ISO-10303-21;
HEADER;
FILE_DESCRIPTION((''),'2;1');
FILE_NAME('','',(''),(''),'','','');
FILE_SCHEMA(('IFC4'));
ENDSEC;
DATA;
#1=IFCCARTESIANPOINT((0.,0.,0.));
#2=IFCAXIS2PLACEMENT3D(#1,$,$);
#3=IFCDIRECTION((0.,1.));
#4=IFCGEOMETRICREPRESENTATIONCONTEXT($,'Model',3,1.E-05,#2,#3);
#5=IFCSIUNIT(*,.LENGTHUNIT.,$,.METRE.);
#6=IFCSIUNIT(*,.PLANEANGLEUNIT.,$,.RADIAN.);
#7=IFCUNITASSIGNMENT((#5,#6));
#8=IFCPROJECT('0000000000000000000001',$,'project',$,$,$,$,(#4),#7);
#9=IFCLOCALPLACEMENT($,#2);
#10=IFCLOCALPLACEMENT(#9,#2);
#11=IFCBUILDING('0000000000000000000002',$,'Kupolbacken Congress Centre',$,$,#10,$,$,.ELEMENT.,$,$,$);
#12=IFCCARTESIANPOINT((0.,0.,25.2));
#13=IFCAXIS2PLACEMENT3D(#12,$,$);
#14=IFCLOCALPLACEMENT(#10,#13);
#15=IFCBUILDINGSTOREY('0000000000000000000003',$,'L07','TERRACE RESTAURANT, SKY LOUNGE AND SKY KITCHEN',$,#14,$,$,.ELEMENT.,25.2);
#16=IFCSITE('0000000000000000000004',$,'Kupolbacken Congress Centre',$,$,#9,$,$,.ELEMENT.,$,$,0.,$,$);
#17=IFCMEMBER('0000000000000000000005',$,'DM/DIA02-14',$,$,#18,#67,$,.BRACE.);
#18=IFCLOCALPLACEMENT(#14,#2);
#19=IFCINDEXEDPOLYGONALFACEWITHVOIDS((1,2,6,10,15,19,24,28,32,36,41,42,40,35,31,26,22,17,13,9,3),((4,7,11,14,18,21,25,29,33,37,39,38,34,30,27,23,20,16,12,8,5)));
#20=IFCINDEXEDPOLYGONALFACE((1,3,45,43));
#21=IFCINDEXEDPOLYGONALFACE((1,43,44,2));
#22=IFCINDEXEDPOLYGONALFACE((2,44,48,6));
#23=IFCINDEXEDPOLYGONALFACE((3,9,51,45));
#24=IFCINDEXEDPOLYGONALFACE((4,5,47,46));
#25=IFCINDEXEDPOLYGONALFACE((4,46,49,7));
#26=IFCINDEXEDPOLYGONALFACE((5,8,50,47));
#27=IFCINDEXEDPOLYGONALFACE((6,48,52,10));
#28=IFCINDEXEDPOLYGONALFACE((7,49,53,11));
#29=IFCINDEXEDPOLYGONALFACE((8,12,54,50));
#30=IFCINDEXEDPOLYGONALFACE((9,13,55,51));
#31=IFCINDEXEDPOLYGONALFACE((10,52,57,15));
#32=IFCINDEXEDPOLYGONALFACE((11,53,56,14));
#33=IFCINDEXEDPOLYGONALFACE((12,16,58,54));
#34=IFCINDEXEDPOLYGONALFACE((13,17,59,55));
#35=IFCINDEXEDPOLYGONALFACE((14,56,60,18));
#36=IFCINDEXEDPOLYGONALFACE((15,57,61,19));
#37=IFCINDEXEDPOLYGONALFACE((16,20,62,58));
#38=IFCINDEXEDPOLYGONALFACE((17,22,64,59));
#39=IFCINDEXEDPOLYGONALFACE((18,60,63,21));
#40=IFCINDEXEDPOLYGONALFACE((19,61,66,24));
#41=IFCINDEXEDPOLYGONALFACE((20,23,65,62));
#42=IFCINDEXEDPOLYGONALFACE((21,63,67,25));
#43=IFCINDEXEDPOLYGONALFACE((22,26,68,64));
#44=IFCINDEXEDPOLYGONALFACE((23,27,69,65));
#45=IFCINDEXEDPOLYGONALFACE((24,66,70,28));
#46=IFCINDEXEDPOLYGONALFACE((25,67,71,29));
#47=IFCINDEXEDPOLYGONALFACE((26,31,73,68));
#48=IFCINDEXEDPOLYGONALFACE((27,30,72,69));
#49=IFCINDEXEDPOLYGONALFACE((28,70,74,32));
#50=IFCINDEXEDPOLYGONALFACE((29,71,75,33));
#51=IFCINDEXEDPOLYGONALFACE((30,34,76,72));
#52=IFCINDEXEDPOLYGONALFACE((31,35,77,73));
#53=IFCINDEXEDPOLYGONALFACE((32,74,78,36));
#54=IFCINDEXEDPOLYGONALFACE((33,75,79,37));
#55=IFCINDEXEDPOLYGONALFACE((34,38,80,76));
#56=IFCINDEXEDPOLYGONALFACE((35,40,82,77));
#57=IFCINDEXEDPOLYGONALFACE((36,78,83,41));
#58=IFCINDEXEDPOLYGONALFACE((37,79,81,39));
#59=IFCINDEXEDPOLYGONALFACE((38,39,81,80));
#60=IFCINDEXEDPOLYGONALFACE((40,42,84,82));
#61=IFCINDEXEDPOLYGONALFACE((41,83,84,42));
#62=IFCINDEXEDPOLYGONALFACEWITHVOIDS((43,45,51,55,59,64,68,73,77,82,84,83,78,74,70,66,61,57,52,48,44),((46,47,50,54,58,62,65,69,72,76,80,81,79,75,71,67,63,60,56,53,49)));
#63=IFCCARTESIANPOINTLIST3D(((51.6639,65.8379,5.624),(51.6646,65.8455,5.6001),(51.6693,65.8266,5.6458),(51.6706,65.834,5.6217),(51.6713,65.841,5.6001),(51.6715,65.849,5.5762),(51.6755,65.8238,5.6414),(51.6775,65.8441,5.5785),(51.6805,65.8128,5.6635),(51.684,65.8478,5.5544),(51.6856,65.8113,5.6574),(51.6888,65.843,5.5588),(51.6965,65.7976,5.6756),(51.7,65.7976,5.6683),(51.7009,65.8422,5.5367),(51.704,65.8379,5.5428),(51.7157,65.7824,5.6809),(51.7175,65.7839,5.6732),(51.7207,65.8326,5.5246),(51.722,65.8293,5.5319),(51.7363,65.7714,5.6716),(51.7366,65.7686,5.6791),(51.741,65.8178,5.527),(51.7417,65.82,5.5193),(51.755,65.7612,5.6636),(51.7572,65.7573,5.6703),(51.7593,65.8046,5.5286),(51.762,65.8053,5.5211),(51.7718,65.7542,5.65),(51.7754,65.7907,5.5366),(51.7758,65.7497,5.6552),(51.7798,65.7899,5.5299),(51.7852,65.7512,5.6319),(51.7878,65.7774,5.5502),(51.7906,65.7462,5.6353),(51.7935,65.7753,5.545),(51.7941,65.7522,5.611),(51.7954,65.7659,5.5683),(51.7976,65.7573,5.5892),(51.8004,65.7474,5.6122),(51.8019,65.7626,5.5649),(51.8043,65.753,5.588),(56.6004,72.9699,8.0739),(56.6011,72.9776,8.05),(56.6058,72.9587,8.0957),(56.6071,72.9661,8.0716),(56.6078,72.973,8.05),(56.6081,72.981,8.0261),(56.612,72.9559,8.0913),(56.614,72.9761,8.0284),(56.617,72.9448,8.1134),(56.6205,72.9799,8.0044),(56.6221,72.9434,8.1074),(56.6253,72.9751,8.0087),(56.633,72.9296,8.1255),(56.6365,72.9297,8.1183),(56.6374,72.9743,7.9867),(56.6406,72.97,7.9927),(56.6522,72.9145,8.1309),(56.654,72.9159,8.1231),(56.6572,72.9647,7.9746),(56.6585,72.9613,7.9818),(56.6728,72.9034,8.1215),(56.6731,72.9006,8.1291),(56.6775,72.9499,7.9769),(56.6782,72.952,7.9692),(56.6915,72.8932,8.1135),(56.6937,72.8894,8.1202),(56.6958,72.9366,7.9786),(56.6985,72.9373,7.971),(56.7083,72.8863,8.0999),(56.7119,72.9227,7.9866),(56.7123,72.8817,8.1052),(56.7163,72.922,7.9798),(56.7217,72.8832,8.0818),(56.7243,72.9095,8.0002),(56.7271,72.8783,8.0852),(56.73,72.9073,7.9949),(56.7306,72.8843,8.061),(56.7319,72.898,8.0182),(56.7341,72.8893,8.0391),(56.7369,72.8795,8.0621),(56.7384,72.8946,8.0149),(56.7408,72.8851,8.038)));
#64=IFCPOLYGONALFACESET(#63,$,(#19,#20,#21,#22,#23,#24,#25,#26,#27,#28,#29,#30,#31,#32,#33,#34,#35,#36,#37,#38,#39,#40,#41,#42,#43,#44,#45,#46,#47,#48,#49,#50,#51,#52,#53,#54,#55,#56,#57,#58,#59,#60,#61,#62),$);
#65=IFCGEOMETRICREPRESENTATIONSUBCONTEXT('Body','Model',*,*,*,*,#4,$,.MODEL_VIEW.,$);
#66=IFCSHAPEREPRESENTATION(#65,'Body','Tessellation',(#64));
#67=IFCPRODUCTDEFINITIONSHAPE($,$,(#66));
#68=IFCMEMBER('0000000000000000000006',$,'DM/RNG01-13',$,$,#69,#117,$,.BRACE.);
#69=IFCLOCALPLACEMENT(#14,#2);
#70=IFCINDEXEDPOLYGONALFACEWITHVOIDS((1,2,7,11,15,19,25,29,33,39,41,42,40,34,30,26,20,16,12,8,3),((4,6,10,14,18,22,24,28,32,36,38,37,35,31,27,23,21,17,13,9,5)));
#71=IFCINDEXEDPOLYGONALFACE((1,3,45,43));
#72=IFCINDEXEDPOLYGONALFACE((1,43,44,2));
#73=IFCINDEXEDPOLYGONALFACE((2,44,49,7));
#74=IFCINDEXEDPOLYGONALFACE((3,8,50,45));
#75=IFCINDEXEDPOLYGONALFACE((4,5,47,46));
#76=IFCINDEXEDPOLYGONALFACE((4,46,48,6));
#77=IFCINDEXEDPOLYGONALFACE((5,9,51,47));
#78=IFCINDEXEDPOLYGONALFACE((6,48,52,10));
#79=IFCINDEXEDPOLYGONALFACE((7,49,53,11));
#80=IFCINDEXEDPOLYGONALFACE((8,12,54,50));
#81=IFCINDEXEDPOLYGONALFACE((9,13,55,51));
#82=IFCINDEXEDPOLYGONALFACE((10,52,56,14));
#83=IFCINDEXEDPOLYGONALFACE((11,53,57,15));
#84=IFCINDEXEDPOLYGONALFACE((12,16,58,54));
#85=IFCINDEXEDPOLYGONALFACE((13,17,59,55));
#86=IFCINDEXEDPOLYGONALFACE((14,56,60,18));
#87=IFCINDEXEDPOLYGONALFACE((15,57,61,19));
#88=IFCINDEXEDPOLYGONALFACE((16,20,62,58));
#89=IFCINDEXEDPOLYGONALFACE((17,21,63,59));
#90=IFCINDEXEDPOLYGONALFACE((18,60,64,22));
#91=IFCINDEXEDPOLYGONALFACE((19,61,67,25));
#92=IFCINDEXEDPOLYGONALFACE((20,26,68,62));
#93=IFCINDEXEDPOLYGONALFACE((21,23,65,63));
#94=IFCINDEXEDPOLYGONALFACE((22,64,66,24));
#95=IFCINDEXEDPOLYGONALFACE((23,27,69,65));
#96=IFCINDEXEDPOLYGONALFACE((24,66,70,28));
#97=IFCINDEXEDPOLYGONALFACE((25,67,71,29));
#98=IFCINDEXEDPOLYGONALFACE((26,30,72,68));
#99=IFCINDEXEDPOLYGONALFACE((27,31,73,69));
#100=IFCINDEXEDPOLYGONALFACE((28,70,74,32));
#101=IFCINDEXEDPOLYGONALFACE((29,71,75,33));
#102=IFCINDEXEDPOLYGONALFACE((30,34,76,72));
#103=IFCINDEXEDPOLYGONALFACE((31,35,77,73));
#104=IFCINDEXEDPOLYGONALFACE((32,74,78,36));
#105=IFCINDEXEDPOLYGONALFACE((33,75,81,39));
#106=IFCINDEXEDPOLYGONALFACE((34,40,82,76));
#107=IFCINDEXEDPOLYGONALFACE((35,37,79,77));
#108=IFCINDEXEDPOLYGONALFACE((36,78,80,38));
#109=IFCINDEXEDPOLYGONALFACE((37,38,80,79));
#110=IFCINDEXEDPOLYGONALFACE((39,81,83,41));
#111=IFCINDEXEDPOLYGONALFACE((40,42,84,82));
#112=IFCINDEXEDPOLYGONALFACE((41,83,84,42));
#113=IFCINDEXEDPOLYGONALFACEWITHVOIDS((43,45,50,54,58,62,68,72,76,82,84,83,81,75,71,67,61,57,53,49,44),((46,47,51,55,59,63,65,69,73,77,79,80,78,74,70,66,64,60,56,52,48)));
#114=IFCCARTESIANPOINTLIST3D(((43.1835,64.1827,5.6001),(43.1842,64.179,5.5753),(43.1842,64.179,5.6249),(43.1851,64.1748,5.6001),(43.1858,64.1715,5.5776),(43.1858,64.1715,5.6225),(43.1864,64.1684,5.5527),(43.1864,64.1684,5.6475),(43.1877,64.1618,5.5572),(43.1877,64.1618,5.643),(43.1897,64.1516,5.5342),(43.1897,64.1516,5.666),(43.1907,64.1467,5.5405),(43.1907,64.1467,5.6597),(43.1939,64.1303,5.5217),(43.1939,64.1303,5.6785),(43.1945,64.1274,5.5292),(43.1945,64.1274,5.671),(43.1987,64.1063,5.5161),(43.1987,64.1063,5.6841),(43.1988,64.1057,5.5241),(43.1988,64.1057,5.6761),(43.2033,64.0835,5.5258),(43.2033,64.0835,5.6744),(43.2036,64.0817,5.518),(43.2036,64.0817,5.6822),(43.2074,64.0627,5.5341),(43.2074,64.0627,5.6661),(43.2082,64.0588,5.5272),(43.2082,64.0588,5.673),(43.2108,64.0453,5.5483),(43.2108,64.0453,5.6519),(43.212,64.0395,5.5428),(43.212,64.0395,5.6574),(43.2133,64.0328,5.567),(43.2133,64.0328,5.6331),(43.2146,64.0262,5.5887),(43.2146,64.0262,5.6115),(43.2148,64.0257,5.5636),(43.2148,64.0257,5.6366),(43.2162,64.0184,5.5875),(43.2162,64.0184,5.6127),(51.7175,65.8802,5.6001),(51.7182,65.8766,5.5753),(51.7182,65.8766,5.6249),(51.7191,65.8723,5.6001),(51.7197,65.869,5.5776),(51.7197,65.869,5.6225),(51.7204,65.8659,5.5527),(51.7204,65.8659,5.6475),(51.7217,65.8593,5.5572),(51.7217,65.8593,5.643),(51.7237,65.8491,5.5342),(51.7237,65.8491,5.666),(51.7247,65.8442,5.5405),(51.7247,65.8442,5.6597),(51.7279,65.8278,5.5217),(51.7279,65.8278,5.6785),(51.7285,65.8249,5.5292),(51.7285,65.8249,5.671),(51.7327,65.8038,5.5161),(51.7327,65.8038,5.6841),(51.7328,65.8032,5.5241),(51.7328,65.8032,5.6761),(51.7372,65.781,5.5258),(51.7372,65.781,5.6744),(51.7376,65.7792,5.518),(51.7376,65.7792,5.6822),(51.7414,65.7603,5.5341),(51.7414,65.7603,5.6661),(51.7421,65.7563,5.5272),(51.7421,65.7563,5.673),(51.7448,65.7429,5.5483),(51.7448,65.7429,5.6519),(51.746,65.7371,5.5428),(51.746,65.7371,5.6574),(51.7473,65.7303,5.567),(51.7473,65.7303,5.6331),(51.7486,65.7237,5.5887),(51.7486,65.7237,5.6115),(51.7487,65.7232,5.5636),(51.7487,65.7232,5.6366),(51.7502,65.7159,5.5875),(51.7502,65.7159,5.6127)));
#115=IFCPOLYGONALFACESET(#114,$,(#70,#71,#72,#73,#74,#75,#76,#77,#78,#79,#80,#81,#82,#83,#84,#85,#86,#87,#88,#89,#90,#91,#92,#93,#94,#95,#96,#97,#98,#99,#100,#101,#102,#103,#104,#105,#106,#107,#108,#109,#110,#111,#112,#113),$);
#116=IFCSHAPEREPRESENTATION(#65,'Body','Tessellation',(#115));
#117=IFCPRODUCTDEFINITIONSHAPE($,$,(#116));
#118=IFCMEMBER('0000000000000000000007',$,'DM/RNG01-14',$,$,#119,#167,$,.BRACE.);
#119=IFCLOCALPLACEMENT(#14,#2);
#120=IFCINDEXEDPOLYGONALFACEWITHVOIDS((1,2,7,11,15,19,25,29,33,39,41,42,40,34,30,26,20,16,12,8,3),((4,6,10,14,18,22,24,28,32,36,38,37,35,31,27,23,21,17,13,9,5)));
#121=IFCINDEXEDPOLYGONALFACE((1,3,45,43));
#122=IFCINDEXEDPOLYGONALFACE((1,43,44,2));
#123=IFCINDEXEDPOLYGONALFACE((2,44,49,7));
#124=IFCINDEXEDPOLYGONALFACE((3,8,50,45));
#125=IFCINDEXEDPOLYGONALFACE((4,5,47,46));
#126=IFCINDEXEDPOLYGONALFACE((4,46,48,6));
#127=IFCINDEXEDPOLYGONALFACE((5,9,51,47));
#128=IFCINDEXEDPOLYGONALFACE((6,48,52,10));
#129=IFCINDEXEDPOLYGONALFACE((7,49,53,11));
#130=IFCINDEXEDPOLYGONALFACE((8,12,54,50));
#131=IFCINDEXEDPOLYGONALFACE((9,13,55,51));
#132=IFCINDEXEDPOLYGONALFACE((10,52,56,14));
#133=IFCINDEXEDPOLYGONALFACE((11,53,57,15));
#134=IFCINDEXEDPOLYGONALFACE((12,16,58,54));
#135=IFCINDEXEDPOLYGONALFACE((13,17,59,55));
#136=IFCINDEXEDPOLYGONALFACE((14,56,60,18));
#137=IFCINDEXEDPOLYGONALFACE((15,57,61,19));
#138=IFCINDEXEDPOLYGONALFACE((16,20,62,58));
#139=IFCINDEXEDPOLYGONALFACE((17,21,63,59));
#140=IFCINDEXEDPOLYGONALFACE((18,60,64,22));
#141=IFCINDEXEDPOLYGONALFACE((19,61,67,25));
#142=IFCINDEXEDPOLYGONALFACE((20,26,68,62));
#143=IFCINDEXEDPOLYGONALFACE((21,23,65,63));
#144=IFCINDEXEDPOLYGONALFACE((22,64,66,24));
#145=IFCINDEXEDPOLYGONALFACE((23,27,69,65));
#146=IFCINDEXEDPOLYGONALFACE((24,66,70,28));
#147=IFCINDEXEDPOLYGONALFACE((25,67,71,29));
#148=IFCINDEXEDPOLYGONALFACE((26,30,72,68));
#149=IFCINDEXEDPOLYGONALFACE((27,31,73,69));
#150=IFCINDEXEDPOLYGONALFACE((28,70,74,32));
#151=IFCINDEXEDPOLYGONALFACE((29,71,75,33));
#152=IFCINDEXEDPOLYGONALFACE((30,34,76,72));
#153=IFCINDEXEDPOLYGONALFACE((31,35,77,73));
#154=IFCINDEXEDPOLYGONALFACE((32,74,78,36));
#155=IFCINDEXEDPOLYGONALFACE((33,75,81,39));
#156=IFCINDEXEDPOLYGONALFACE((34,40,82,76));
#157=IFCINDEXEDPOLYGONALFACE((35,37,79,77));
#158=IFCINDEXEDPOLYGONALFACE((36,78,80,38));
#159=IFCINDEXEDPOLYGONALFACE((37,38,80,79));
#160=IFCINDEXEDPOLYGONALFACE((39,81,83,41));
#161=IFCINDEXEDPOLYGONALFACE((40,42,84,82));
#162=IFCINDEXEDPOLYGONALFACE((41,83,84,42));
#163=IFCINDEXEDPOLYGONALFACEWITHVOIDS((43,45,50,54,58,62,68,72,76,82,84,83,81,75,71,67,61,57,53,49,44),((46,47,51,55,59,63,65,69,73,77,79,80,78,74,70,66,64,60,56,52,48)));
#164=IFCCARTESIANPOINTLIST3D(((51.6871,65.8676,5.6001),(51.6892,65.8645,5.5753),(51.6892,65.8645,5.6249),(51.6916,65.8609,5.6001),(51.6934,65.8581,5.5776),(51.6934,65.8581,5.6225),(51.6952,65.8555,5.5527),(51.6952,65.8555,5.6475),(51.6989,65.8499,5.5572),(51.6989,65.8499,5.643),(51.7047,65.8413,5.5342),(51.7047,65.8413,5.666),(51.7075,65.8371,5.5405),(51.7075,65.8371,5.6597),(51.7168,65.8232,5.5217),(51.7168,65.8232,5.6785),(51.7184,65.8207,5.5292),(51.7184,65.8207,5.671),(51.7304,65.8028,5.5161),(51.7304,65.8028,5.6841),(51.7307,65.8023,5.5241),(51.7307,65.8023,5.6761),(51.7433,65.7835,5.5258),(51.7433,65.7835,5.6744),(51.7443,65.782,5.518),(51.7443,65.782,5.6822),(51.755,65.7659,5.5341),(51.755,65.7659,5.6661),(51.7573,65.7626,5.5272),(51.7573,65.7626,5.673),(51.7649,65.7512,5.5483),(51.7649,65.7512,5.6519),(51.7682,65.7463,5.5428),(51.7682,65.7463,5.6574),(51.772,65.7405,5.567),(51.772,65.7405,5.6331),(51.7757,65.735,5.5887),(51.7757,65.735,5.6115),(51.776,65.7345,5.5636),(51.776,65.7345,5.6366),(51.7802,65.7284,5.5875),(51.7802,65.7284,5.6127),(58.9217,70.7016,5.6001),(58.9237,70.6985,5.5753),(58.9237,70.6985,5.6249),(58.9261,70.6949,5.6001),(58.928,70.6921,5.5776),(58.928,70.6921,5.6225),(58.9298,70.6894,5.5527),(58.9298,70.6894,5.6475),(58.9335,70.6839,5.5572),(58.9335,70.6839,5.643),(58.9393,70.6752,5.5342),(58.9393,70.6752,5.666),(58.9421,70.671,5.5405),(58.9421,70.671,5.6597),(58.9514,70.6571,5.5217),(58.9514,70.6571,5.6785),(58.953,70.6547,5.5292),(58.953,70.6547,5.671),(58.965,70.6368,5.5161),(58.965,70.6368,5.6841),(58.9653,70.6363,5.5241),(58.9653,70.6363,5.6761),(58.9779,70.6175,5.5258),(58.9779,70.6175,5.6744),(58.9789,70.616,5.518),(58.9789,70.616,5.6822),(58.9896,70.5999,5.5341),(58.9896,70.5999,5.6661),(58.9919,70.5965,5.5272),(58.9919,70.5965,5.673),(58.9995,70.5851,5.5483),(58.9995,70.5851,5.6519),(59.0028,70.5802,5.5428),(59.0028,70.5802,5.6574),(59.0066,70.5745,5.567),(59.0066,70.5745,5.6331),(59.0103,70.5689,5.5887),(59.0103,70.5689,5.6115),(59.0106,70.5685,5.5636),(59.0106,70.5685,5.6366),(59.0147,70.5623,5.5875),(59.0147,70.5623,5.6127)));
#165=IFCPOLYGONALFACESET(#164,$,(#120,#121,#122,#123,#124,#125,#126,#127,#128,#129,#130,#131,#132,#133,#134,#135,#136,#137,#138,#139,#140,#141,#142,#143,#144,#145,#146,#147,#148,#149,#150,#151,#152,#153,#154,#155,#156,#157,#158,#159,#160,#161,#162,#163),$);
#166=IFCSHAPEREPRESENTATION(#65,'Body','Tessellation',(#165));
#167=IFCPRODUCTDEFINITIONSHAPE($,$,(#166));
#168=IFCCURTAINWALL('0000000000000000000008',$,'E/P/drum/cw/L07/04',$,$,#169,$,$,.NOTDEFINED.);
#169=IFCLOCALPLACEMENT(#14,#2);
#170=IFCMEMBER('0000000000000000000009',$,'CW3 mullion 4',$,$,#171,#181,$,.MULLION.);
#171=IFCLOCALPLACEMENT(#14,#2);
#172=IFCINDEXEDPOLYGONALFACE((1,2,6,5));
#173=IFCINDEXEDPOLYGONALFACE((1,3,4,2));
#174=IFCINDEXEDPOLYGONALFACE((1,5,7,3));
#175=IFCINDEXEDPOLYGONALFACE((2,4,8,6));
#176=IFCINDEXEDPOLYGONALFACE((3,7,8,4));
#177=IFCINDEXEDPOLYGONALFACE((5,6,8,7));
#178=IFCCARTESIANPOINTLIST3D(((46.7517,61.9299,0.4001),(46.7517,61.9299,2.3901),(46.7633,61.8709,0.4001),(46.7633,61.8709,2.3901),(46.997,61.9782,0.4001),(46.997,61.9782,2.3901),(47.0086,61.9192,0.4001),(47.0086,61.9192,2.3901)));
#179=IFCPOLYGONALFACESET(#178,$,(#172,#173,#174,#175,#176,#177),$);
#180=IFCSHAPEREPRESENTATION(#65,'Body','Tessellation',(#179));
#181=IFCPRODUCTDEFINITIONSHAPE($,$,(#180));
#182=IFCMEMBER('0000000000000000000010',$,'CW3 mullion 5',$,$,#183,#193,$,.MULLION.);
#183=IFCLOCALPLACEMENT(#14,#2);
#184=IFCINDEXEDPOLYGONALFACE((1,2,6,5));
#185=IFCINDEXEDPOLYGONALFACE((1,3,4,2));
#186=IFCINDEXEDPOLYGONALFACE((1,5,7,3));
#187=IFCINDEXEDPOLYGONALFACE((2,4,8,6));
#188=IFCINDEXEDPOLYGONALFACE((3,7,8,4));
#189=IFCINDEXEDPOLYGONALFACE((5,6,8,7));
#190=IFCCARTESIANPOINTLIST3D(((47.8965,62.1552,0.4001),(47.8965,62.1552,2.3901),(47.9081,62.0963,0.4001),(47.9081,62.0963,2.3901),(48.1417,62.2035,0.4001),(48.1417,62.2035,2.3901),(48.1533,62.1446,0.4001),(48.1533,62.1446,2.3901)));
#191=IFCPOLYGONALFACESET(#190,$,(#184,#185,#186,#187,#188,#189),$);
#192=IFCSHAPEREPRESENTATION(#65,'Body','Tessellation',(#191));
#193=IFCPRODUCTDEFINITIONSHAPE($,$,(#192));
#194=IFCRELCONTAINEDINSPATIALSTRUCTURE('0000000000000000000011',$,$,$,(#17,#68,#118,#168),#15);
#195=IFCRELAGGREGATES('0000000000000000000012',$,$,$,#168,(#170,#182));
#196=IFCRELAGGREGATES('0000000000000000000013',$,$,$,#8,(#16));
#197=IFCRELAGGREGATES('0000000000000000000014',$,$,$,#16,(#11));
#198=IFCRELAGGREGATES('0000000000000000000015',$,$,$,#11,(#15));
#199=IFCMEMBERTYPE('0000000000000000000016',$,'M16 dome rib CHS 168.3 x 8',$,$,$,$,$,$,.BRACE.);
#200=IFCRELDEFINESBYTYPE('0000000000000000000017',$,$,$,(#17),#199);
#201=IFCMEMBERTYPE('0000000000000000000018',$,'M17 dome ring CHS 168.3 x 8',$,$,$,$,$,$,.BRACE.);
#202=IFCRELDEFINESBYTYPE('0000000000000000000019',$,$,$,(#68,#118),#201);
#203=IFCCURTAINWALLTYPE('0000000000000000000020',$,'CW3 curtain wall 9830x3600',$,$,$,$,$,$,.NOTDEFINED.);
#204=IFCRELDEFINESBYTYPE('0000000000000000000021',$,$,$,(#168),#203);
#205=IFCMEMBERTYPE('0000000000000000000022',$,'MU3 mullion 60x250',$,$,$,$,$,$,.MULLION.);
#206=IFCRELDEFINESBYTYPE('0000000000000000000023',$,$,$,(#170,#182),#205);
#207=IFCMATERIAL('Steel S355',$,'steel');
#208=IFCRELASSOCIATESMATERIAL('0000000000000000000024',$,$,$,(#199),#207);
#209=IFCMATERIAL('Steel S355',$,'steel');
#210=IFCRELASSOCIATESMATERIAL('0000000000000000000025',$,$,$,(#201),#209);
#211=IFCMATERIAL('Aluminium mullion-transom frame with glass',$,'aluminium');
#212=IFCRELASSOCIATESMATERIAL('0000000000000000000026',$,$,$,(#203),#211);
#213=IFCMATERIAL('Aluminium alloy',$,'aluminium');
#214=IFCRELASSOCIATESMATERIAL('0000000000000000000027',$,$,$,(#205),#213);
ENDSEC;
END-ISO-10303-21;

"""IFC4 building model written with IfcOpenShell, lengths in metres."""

from ifc_helpers import new_model, si_unit, direction, frame, origin, origin_2d, place, context, subcontext, project, spatial, rectangle, hollow_circle, extrude, material, material_profile, profile_set, type_object, element, aggregate, save


model = new_model("IFC4")

# Units and contexts
model_context = context("Model", 3, precision=1e-05, world=origin(), true_north=direction((0.0, 1.0)))
body_context = subcontext(model_context, "Body", "Model", "MODEL_VIEW")
ifc_project = project(units=[si_unit("LENGTHUNIT", "METRE"), si_unit("PLANEANGLEUNIT", "RADIAN")], contexts=[model_context])

# Site, building, storey
site_placement = place(None, origin())
site = spatial("IfcSite", under=ifc_project, at=site_placement, Name="Kupolbacken Congress Centre", CompositionType="ELEMENT", RefElevation=0.0)
building_placement = place(site_placement, origin())
building = spatial("IfcBuilding", under=site, at=building_placement, Name="Kupolbacken Congress Centre", CompositionType="ELEMENT")
storey_placement = place(building_placement, frame((0.0, 0.0, 25.2)))
storey = spatial("IfcBuildingStorey", under=building, at=storey_placement, Name="L07", Description="TERRACE RESTAURANT, SKY LOUNGE AND SKY KITCHEN", CompositionType="ELEMENT", Elevation=25.2)

# Members
ifc_material_1 = material(Name="Steel S355", Category="steel")
ifc_material_profile_1 = material_profile(ifc_material_1, hollow_circle(Radius=0.0842, WallThickness=0.0081, at=origin_2d()), Name="CHS 168.3 x 8")
ifc_profile_set_1 = profile_set([ifc_material_profile_1], Name="Steel S355")
member_type_1 = type_object("IfcMemberType", Name="M16 dome rib CHS 168.3 x 8", PredefinedType="BRACE", material=ifc_profile_set_1)
member_1_placement = place(storey_placement, frame((51.7339, 65.7976, 5.6001), z_axis=(0.547698, 0.791291, 0.271818), x_axis=(-0.82225, 0.569127, 0.0)))
element("IfcMember", 1, at=member_1_placement, inside=storey, type_object=member_type_1, Name="DM/DIA02-14", PredefinedType="BRACE", context=body_context, shape_type="SweptSolid", body=[
    extrude(hollow_circle(Radius=0.0842, WallThickness=0.0081, at=origin_2d()), origin(), (0.0, 0.0, 1.0), 9.0132),
])
ifc_material_2 = material(Name="Steel S355", Category="steel")
ifc_material_profile_2 = material_profile(ifc_material_2, hollow_circle(Radius=0.0842, WallThickness=0.0081, at=origin_2d()), Name="CHS 168.3 x 8")
ifc_profile_set_2 = profile_set([ifc_material_profile_2], Name="Steel S355")
member_type_2 = type_object("IfcMemberType", Name="M17 dome ring CHS 168.3 x 8", PredefinedType="BRACE", material=ifc_profile_set_2)
member_2_placement = place(storey_placement, frame((43.2, 64.1001, 5.6001), z_axis=(0.980785, 0.195091, 0.0), x_axis=(-0.195091, 0.980785, 0.0)))
element("IfcMember", 2, at=member_2_placement, inside=storey, type_object=member_type_2, Name="DM/RNG01-13", PredefinedType="BRACE", context=body_context, shape_type="SweptSolid", body=[
    extrude(hollow_circle(Radius=0.0842, WallThickness=0.0081, at=origin_2d()), origin(), (0.0, 0.0, 1.0), 8.7012),
])
member_3_placement = place(storey_placement, frame((51.7339, 65.7976, 5.6001), z_axis=(0.831471, 0.555568, 0.0), x_axis=(-0.555568, 0.831471, 0.0)))
element("IfcMember", 3, at=member_3_placement, inside=storey, type_object=member_type_2, Name="DM/RNG01-14", PredefinedType="BRACE", context=body_context, shape_type="SweptSolid", body=[
    extrude(hollow_circle(Radius=0.0842, WallThickness=0.0081, at=origin_2d()), origin(), (0.0, 0.0, 1.0), 8.7009),
])

# Curtain wall, members
ifc_material_3 = material(Name="Aluminium mullion-transom frame with glass", Category="aluminium")
curtain_wall_type = type_object("IfcCurtainWallType", Name="CW3 curtain wall 9830x3600", PredefinedType="NOTDEFINED", material=ifc_material_3)
curtain_wall_placement = place(storey_placement, origin())
curtain_wall = element("IfcCurtainWall", 4, at=curtain_wall_placement, inside=storey, type_object=curtain_wall_type, Name="E/P/drum/cw/L07/04", PredefinedType="NOTDEFINED")
ifc_material_4 = material(Name="Aluminium alloy", Category="aluminium")
ifc_material_profile_3 = material_profile(ifc_material_4, rectangle(XDim=0.0601, YDim=0.25, at=origin_2d()), Name="60 x 250")
ifc_profile_set_3 = profile_set([ifc_material_profile_3], Name="Aluminium alloy")
member_type_3 = type_object("IfcMemberType", Name="MU3 mullion 60x250", PredefinedType="MULLION", material=ifc_profile_set_3)
member_4_placement = place(storey_placement, frame((46.8801, 61.9246, 0.4001), z_axis=(0.0, 0.0, 1.0), x_axis=(-0.193182, 0.981163, 0.0)))
member_4 = element("IfcMember", 5, at=member_4_placement, type_object=member_type_3, Name="CW3 mullion 4", PredefinedType="MULLION", context=body_context, shape_type="SweptSolid", body=[
    extrude(rectangle(XDim=0.0601, YDim=0.25, at=origin_2d()), origin(), (0.0, 0.0, 1.0), 1.99),
])
member_5_placement = place(storey_placement, frame((48.0249, 62.1499, 0.4001), z_axis=(0.0, 0.0, 1.0), x_axis=(-0.193182, 0.981163, 0.0)))
member_5 = element("IfcMember", 6, at=member_5_placement, type_object=member_type_3, Name="CW3 mullion 5", PredefinedType="MULLION", context=body_context, shape_type="SweptSolid", body=[
    extrude(rectangle(XDim=0.0601, YDim=0.25, at=origin_2d()), origin(), (0.0, 0.0, 1.0), 1.99),
])
aggregate(curtain_wall, [member_4, member_5])

save(model, "model.ifc")
